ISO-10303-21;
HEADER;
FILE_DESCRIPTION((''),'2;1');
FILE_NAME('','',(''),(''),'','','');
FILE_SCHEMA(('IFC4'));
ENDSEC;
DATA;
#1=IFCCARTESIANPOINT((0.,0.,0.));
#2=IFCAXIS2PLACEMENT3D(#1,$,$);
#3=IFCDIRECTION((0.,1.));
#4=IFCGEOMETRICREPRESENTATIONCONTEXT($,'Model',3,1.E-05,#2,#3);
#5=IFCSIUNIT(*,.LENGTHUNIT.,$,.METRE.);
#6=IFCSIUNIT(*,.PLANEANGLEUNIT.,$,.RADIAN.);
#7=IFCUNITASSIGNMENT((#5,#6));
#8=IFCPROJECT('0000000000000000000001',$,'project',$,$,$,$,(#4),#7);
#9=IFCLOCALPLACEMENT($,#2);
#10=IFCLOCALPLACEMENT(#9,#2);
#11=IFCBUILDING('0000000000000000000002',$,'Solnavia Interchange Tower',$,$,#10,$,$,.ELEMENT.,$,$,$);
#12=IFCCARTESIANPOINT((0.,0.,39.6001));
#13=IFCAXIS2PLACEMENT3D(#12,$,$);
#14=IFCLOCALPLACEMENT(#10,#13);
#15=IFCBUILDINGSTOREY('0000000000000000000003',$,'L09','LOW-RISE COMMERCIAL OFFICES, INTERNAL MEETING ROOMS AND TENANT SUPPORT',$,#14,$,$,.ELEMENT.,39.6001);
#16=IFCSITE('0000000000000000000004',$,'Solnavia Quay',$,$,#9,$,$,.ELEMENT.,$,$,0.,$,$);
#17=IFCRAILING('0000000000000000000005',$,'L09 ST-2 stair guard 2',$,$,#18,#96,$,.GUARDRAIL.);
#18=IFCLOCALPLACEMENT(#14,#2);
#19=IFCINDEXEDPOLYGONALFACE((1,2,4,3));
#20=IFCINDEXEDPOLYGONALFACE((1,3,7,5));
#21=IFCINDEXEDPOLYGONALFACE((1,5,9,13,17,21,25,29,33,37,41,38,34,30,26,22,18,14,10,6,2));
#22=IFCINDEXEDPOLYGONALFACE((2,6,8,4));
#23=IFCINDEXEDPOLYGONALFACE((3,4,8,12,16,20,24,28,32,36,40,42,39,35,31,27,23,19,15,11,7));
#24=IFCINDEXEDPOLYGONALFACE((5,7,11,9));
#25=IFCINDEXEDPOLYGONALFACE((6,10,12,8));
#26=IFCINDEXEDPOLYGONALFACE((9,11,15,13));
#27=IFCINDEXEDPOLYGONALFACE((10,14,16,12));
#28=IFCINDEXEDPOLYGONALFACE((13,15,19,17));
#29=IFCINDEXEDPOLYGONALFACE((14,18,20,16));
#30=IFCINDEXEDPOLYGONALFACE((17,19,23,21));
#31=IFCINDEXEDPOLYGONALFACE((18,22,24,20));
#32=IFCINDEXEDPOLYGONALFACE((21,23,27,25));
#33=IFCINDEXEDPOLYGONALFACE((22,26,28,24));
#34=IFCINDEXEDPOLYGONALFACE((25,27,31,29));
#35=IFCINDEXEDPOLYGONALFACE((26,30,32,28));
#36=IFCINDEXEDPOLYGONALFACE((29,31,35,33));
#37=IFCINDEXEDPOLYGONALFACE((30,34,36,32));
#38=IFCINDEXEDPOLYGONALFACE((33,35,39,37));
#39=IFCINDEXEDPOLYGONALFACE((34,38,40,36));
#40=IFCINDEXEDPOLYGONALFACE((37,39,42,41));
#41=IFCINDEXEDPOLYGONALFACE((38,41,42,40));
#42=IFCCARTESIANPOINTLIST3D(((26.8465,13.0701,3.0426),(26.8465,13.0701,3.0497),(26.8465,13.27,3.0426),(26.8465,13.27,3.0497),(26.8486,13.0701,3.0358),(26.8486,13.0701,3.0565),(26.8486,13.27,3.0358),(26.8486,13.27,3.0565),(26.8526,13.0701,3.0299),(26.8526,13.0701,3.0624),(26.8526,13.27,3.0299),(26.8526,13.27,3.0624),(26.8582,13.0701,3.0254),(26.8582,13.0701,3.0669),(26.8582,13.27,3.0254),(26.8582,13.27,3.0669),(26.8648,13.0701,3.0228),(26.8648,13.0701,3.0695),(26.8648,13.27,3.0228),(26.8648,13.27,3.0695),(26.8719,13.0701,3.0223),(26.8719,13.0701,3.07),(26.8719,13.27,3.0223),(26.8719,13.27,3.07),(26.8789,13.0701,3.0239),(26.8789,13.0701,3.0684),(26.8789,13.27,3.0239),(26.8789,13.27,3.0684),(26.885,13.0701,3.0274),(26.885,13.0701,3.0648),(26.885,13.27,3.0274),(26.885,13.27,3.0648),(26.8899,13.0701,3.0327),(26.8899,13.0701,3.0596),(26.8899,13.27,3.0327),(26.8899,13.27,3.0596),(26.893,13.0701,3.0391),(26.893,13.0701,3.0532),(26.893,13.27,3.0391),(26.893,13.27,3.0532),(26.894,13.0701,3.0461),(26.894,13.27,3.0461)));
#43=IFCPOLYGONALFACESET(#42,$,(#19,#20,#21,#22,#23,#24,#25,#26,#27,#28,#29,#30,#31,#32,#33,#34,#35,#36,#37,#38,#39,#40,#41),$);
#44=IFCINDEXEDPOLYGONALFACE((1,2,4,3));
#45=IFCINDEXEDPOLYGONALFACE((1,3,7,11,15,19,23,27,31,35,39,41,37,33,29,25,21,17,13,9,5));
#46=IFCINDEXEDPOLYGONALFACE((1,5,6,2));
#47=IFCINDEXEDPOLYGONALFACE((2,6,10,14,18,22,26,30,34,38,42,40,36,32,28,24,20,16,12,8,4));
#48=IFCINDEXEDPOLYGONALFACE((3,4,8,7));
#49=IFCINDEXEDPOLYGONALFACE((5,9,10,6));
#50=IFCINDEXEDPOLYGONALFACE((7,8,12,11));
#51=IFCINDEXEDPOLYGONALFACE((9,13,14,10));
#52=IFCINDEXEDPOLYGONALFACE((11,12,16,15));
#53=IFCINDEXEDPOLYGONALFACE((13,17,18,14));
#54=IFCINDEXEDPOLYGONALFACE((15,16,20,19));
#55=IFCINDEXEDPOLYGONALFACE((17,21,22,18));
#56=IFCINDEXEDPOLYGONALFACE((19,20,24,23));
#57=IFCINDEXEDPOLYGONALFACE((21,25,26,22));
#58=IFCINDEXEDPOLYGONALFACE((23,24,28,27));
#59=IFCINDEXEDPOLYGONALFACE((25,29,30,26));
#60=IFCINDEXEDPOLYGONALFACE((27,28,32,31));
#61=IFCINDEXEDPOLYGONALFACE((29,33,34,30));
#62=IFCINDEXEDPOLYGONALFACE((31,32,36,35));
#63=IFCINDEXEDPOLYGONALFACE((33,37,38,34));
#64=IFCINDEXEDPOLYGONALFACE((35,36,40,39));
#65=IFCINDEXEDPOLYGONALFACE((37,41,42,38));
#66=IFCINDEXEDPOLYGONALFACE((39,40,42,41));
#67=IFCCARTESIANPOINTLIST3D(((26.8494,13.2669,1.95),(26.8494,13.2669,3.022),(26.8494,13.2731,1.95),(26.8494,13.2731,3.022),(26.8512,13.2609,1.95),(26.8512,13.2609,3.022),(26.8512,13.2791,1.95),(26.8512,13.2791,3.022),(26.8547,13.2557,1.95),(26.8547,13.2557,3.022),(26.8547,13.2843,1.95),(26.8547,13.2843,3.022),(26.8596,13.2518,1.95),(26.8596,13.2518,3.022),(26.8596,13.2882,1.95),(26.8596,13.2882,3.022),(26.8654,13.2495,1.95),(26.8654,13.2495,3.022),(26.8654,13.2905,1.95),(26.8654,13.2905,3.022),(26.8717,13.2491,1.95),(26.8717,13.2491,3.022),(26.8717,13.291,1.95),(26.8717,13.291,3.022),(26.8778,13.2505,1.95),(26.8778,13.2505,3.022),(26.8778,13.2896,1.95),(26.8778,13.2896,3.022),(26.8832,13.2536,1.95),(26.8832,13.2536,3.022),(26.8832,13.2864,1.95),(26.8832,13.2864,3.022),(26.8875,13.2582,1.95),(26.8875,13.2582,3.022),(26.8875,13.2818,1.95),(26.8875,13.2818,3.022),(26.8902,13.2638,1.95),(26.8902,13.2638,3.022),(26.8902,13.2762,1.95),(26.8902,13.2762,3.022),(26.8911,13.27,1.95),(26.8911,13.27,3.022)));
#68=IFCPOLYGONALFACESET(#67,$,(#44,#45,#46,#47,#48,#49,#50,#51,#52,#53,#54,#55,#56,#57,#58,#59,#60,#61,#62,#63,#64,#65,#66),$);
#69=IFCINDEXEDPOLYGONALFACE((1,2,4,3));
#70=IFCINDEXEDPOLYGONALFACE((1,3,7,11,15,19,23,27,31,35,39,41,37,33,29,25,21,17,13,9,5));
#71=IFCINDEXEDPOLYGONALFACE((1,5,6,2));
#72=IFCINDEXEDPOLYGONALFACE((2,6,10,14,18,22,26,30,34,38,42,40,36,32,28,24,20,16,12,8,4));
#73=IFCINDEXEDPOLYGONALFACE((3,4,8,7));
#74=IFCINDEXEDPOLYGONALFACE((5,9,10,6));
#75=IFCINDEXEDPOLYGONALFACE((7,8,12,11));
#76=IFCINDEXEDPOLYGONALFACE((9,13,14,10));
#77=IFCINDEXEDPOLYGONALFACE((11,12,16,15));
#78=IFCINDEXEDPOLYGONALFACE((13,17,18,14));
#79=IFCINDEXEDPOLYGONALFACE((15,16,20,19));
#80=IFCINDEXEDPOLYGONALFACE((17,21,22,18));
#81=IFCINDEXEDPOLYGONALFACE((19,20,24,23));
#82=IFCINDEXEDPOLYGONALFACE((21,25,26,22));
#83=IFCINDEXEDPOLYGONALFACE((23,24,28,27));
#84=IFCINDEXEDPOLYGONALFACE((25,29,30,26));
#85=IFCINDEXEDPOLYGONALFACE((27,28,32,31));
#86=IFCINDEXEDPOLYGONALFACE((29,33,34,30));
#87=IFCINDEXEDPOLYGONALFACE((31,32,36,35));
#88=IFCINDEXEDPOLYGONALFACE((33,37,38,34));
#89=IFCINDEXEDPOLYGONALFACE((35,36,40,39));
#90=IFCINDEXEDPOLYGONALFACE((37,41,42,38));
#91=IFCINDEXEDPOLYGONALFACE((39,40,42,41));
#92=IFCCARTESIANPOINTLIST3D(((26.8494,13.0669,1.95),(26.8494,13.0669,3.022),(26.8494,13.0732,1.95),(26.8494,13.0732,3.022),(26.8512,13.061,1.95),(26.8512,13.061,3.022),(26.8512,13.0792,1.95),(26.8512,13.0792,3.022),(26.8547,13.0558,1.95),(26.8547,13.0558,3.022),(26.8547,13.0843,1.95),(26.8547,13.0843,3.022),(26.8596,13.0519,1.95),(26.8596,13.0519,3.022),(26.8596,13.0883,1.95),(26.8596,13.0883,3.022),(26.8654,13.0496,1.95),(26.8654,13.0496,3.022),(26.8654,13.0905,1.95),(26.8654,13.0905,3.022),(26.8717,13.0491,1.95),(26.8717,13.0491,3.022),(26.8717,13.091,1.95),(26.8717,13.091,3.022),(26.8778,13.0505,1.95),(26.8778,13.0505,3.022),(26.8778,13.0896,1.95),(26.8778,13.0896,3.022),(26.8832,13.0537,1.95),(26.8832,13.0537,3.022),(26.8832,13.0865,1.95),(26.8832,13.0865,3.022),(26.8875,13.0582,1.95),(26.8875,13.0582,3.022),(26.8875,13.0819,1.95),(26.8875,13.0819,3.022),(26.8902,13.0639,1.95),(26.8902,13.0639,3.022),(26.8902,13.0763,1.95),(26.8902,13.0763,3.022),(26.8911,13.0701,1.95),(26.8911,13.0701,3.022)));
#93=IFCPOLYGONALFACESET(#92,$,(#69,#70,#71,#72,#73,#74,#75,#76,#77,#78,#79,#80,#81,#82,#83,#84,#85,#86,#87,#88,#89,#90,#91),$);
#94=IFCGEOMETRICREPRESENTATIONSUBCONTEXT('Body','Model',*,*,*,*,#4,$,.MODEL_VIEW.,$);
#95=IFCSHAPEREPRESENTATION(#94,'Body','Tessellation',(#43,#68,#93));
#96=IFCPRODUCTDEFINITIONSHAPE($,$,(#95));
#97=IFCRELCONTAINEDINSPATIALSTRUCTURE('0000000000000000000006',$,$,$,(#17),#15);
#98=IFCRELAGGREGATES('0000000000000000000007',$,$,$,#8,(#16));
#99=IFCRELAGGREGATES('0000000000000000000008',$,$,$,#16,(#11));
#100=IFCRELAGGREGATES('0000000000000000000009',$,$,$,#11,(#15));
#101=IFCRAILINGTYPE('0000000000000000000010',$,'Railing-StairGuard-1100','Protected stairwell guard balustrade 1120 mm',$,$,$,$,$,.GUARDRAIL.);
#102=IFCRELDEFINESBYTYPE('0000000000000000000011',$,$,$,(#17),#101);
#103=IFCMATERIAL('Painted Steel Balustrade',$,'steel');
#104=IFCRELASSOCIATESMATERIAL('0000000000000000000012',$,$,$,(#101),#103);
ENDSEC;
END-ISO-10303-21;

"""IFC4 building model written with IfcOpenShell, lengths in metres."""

from ifc_helpers import new_model, si_unit, direction, frame, origin, origin_2d, place, context, subcontext, project, spatial, circle, extrude, material, type_object, element, save


model = new_model("IFC4")

# Units and contexts
model_context = context("Model", 3, precision=1e-05, world=origin(), true_north=direction((0.0, 1.0)))
body_context = subcontext(model_context, "Body", "Model", "MODEL_VIEW")
ifc_project = project(units=[si_unit("LENGTHUNIT", "METRE"), si_unit("PLANEANGLEUNIT", "RADIAN")], contexts=[model_context])

# Site, building, storey
site_placement = place(None, origin())
site = spatial("IfcSite", under=ifc_project, at=site_placement, Name="Solnavia Quay", CompositionType="ELEMENT", RefElevation=0.0)
building_placement = place(site_placement, origin())
building = spatial("IfcBuilding", under=site, at=building_placement, Name="Solnavia Interchange Tower", CompositionType="ELEMENT")
storey_placement = place(building_placement, frame((0.0, 0.0, 39.6001)))
storey = spatial("IfcBuildingStorey", under=building, at=storey_placement, Name="L09", Description="LOW-RISE COMMERCIAL OFFICES, INTERNAL MEETING ROOMS AND TENANT SUPPORT", CompositionType="ELEMENT", Elevation=39.6001)

# Railing
ifc_material_1 = material(Name="Painted Steel Balustrade", Category="steel")
railing_type_1 = type_object("IfcRailingType", Name="Railing-StairGuard-1100", Description="Protected stairwell guard balustrade 1120 mm", PredefinedType="GUARDRAIL", material=ifc_material_1)
railing_1_placement = place(storey_placement, frame((26.8701, 13.27, 1.95)))
element("IfcRailing", 1, at=railing_1_placement, inside=storey, type_object=railing_type_1, Name="L09 ST-2 stair guard 2", PredefinedType="GUARDRAIL", context=body_context, shape_type="SweptSolid", body=[
    extrude(circle(Radius=0.0239, at=origin_2d()), frame((0.0, 0.0, 1.0962), z_axis=(0.0, -1.0, 0.0), x_axis=(1.0, 0.0, 0.0)), (0.0, 0.0, 1.0), 0.2),
    extrude(circle(Radius=0.021, at=origin_2d()), origin(), (0.0, 0.0, 1.0), 1.072),
    extrude(circle(Radius=0.021, at=origin_2d()), frame((0.0, -0.2, 0.0)), (0.0, 0.0, 1.0), 1.072),
])

save(model, "model.ifc")
